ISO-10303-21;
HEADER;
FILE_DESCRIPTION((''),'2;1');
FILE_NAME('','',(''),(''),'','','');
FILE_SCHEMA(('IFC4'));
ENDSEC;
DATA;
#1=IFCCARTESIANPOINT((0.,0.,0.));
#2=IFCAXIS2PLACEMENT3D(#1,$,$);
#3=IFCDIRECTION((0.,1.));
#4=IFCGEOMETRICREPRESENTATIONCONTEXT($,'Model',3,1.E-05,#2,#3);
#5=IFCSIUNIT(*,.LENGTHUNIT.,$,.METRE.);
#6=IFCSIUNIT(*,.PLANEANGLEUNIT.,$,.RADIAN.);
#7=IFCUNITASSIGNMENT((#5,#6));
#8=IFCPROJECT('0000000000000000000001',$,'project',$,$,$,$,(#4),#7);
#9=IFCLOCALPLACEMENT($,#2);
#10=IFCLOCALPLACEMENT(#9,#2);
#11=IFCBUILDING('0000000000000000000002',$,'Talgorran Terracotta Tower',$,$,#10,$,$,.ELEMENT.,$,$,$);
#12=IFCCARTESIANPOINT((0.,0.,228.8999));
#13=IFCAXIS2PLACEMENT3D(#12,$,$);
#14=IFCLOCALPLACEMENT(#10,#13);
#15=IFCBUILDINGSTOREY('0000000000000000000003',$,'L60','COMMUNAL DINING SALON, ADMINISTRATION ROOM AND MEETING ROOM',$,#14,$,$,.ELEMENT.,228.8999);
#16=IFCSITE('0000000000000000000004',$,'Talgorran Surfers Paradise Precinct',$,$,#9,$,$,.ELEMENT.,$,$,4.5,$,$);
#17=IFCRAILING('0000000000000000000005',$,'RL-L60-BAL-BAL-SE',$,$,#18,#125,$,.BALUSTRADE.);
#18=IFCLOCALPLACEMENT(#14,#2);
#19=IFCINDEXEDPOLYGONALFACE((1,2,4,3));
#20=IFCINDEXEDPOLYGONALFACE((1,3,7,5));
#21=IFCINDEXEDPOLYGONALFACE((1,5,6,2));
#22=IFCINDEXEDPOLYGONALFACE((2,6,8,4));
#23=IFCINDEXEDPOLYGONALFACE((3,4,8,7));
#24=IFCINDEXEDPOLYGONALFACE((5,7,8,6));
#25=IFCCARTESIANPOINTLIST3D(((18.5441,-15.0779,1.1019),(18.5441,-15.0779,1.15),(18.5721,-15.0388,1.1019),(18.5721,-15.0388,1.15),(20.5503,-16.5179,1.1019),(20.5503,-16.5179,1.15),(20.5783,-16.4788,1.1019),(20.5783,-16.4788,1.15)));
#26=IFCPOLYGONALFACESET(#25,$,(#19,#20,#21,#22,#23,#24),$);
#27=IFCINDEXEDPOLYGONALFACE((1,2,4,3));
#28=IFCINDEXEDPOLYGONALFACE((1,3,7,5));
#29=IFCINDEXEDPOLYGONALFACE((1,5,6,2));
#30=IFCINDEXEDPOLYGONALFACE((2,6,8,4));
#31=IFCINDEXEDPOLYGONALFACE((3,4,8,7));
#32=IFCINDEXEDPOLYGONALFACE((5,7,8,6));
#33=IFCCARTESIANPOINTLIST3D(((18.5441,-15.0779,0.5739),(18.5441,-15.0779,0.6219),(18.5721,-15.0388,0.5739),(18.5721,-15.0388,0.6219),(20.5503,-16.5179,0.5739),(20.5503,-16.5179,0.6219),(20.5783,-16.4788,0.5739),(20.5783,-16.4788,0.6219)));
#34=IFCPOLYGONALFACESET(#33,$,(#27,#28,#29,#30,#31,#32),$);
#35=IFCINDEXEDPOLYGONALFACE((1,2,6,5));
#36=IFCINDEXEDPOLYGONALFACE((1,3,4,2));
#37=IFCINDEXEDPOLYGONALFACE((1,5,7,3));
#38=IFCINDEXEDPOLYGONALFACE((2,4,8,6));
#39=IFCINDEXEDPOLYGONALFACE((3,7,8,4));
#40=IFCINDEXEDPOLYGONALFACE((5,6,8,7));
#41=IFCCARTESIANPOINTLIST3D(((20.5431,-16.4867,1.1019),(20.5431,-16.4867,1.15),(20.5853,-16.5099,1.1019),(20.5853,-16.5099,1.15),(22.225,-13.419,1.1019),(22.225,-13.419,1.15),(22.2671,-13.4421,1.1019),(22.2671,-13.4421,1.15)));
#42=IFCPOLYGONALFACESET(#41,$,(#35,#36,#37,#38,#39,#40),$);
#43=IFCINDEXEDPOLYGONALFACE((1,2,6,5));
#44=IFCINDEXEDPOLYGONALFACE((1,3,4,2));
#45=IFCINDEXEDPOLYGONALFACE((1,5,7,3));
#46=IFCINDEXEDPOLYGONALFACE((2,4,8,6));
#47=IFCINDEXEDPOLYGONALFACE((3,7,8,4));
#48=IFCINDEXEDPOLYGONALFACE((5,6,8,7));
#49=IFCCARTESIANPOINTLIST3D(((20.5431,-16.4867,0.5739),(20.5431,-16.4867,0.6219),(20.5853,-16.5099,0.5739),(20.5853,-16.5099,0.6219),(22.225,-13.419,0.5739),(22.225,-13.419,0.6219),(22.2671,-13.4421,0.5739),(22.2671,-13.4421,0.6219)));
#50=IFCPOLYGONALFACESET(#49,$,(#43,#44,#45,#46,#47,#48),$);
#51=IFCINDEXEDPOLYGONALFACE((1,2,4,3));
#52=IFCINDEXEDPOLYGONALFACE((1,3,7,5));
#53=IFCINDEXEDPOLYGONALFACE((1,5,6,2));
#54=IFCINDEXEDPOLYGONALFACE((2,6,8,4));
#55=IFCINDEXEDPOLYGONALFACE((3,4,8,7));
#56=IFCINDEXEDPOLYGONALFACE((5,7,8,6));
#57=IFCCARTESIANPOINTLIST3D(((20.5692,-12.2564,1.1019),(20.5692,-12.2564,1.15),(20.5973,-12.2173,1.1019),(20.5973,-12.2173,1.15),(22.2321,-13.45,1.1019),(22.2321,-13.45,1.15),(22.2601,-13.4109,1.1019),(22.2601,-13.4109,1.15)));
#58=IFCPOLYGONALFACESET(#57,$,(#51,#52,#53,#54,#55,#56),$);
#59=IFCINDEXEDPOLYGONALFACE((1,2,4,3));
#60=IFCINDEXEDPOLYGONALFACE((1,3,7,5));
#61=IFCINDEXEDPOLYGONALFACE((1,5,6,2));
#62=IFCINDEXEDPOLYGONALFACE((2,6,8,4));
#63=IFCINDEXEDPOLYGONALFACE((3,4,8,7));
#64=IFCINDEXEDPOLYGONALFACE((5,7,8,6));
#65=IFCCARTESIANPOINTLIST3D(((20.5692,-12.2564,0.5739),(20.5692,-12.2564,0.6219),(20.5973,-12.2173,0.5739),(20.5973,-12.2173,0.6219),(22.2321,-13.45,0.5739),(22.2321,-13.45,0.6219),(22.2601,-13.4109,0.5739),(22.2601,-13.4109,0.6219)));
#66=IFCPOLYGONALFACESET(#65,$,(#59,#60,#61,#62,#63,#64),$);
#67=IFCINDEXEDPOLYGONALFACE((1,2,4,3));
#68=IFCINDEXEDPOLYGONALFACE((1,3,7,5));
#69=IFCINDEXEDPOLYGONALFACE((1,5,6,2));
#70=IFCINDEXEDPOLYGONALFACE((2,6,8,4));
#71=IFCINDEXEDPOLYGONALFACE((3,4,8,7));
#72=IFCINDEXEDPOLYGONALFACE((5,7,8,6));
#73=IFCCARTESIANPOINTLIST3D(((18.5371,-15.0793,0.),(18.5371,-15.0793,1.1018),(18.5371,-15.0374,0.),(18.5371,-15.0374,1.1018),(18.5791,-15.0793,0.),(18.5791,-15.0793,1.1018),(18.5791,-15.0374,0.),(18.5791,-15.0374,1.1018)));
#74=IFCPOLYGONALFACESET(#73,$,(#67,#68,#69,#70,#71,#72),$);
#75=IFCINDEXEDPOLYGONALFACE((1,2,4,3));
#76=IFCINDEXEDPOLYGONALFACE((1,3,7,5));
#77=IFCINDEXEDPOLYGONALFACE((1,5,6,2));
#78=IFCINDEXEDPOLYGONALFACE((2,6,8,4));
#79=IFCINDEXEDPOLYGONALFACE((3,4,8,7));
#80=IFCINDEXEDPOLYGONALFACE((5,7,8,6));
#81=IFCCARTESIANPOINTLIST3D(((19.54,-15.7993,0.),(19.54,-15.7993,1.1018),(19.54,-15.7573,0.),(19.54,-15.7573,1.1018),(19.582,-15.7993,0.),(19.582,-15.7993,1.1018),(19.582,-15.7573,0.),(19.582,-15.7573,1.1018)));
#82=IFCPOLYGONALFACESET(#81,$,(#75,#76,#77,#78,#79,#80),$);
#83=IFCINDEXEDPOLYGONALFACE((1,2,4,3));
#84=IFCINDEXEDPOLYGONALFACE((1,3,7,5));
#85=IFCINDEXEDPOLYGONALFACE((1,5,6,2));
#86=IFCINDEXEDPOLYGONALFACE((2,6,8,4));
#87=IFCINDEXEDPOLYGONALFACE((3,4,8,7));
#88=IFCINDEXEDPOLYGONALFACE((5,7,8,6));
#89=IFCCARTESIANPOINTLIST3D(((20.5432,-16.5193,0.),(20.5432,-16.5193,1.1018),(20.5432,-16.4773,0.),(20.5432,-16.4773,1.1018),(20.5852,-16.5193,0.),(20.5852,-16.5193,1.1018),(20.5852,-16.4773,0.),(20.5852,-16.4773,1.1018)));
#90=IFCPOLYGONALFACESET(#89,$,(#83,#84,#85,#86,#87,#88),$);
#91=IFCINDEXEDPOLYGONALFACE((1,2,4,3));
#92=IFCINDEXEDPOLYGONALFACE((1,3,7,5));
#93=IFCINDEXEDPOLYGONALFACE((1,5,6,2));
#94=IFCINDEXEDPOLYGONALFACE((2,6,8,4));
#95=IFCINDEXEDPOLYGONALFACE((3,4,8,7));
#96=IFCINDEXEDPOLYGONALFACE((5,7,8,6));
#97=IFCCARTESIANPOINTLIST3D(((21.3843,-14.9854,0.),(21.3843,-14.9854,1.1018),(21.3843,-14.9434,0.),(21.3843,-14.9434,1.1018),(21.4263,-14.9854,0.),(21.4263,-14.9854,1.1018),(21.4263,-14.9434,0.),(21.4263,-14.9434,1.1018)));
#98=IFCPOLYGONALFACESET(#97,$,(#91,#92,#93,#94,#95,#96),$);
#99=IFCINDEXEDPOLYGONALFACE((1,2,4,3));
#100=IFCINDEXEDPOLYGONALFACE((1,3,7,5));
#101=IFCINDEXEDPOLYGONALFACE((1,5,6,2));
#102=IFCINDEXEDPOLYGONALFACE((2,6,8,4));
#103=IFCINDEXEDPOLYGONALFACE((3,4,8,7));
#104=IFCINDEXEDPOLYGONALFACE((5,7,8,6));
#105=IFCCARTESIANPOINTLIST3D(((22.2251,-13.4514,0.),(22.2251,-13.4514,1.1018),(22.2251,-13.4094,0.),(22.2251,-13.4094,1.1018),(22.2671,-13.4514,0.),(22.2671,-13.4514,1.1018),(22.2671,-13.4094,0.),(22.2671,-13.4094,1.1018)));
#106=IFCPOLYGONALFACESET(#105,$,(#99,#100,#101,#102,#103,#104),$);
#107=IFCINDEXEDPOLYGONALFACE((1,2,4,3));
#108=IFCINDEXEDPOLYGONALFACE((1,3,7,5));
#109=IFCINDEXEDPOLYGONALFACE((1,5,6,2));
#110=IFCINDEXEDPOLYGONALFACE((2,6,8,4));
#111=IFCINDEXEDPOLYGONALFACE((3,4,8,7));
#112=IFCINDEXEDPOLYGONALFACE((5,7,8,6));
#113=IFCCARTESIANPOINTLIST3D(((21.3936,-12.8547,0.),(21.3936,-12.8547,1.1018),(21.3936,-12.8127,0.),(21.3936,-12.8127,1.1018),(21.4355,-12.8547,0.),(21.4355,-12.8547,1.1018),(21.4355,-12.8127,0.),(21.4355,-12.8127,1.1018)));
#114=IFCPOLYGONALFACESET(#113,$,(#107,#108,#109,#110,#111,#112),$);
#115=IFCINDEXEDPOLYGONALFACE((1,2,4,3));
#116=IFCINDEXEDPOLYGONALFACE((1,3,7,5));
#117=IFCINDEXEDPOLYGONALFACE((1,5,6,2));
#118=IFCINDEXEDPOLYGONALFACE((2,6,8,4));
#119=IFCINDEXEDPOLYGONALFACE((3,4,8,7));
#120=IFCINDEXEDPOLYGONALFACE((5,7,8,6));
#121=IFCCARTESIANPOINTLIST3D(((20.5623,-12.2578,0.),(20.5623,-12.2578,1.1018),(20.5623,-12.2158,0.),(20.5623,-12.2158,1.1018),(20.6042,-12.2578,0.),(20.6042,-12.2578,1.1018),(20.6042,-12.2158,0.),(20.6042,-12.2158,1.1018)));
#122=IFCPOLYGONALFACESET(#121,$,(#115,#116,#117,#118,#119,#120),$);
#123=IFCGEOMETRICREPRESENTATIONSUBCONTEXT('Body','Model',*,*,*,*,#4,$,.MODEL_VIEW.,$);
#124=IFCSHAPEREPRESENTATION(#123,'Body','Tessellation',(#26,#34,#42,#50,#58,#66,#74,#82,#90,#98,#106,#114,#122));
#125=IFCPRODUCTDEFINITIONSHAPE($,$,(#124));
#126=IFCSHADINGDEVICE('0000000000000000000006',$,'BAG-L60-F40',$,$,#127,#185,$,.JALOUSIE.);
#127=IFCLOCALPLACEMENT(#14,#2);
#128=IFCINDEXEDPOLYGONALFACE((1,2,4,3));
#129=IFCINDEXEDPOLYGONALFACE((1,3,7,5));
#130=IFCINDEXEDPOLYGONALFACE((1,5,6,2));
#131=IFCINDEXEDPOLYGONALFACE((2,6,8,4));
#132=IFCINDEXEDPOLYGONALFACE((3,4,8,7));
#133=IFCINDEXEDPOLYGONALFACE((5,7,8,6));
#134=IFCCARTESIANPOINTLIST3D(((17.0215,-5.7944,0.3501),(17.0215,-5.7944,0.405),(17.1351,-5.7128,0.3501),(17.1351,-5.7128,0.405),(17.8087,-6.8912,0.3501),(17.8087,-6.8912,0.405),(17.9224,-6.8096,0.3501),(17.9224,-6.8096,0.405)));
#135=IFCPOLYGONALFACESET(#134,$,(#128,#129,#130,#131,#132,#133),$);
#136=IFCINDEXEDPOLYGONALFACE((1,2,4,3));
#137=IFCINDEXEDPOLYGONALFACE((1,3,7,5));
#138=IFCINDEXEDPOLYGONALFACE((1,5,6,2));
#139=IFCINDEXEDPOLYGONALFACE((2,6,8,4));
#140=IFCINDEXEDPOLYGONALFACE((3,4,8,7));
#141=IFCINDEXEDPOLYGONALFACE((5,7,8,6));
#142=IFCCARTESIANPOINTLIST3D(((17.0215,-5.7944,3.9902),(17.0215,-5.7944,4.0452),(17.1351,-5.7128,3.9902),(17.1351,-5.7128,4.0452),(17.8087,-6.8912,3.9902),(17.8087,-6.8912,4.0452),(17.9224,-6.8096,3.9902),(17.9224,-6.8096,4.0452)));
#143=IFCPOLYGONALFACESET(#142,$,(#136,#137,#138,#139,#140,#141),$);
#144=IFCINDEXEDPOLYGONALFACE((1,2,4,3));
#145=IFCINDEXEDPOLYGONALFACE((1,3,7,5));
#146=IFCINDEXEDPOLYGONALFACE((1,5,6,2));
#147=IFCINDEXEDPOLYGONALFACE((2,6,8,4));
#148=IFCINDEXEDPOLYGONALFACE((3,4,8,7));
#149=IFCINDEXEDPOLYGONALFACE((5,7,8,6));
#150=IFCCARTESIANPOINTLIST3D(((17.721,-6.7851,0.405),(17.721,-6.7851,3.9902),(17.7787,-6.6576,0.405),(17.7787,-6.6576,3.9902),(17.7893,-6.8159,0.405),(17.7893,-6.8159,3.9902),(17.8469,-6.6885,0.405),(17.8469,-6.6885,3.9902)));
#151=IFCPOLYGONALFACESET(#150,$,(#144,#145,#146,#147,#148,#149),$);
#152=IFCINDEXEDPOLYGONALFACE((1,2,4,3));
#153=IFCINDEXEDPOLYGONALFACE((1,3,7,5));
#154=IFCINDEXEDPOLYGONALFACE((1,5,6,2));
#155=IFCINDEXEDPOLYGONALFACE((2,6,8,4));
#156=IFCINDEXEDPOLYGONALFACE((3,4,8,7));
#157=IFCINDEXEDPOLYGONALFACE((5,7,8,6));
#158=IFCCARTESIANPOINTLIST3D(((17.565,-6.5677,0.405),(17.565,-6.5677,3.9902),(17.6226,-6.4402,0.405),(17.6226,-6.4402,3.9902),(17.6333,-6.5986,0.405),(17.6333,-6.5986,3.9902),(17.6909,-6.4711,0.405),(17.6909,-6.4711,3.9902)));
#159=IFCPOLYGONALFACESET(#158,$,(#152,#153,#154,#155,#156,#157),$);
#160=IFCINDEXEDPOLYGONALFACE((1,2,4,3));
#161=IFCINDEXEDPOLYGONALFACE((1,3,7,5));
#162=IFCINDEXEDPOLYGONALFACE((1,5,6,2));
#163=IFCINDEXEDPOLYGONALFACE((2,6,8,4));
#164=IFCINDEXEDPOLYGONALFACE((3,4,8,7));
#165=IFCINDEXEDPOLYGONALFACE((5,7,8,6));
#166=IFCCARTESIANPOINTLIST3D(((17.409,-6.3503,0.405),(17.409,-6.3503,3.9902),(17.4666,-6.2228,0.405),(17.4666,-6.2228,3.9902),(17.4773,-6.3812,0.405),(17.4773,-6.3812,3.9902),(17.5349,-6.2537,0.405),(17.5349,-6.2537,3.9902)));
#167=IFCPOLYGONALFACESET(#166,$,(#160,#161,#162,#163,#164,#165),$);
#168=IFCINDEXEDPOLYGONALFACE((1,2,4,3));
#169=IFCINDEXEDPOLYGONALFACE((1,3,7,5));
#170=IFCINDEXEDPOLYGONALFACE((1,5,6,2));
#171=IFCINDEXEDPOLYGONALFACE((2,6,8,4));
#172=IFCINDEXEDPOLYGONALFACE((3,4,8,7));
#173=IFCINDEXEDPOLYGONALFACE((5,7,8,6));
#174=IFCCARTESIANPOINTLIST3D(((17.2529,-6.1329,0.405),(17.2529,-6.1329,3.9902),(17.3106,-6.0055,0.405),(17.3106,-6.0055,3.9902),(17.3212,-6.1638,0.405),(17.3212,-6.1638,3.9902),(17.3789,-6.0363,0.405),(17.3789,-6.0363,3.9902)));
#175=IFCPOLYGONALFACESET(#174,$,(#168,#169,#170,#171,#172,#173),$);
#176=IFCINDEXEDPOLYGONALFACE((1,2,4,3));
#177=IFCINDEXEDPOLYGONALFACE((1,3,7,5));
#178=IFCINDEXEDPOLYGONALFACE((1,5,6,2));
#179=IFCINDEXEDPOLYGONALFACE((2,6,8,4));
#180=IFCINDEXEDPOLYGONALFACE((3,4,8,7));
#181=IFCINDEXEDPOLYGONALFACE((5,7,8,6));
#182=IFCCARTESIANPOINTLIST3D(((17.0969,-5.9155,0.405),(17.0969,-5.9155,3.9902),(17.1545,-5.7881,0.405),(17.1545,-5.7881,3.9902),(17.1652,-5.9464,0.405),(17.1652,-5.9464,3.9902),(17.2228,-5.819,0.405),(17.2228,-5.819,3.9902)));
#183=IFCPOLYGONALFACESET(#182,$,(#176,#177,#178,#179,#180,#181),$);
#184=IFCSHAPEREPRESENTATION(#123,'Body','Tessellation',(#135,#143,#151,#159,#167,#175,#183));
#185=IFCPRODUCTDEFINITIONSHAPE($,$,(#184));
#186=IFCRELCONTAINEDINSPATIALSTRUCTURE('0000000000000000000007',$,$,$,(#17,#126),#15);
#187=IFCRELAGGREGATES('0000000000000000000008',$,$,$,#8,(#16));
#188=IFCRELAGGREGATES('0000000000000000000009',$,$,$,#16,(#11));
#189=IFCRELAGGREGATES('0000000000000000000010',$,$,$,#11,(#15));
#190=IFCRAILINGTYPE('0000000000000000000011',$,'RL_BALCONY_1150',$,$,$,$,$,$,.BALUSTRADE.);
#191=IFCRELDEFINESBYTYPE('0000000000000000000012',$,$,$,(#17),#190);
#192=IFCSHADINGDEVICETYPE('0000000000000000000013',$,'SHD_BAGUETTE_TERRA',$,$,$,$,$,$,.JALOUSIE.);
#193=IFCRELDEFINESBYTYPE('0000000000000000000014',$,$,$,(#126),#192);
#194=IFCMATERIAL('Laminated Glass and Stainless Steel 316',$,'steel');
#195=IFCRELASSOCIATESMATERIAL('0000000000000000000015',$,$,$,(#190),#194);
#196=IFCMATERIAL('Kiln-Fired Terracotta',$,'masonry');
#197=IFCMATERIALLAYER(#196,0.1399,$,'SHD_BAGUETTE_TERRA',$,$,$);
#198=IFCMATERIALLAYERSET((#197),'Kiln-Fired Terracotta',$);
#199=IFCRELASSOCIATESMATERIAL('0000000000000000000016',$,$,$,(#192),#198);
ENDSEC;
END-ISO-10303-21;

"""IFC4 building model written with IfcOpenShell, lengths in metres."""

from ifc_helpers import new_model, si_unit, direction, frame, origin, origin_2d, place, context, subcontext, project, spatial, rectangle, extrude, source, transform, mapped, material, layer, layer_set, type_object, type_shapes, element, save


model = new_model("IFC4")

# Units and contexts
model_context = context("Model", 3, precision=1e-05, world=origin(), true_north=direction((0.0, 1.0)))
body_context = subcontext(model_context, "Body", "Model", "MODEL_VIEW")
ifc_project = project(units=[si_unit("LENGTHUNIT", "METRE"), si_unit("PLANEANGLEUNIT", "RADIAN")], contexts=[model_context])

# Site, building, storey
site_placement = place(None, origin())
site = spatial("IfcSite", under=ifc_project, at=site_placement, Name="Talgorran Surfers Paradise Precinct", CompositionType="ELEMENT", RefElevation=4.5)
building_placement = place(site_placement, origin())
building = spatial("IfcBuilding", under=site, at=building_placement, Name="Talgorran Terracotta Tower", CompositionType="ELEMENT")
storey_placement = place(building_placement, frame((0.0, 0.0, 228.8999)))
storey = spatial("IfcBuildingStorey", under=building, at=storey_placement, Name="L60", Description="COMMUNAL DINING SALON, ADMINISTRATION ROOM AND MEETING ROOM", CompositionType="ELEMENT", Elevation=228.8999)

# Railing
ifc_material_1 = material(Name="Laminated Glass and Stainless Steel 316", Category="steel")
railing_type = type_object("IfcRailingType", Name="RL_BALCONY_1150", PredefinedType="BALUSTRADE", material=ifc_material_1)
railing_placement = place(storey_placement, frame((18.5581, -15.0583, 0.0)))
element("IfcRailing", 1, at=railing_placement, inside=storey, type_object=railing_type, Name="RL-L60-BAL-BAL-SE", PredefinedType="BALUSTRADE", context=body_context, shape_type="SweptSolid", body=[
    extrude(rectangle(XDim=0.0481, YDim=0.0481, at=origin_2d()), frame((0.0, 0.0, 1.126), z_axis=(0.812389, -0.583116, 0.0), x_axis=(0.583116, 0.812389, 0.0)), (0.0, 0.0, 1.0), 2.4695),
    extrude(rectangle(XDim=0.0481, YDim=0.0481, at=origin_2d()), frame((0.0, 0.0, 0.5979), z_axis=(0.812389, -0.583116, 0.0), x_axis=(0.583116, 0.812389, 0.0)), (0.0, 0.0, 1.0), 2.4695),
    extrude(rectangle(XDim=0.0481, YDim=0.0481, at=origin_2d()), frame((2.0061, -1.4399, 1.126), z_axis=(0.480724, 0.876872, 0.0), x_axis=(-0.876872, 0.480724, 0.0)), (0.0, 0.0, 1.0), 3.4985),
    extrude(rectangle(XDim=0.0481, YDim=0.0481, at=origin_2d()), frame((2.0061, -1.4399, 0.5979), z_axis=(0.480724, 0.876872, 0.0), x_axis=(-0.876872, 0.480724, 0.0)), (0.0, 0.0, 1.0), 3.4985),
    extrude(rectangle(XDim=0.0481, YDim=0.0481, at=origin_2d()), frame((3.688, 1.6279, 1.126), z_axis=(-0.812377, 0.583132, 0.0), x_axis=(-0.583132, -0.812377, 0.0)), (0.0, 0.0, 1.0), 2.0469),
    extrude(rectangle(XDim=0.0481, YDim=0.0481, at=origin_2d()), frame((3.688, 1.6279, 0.5979), z_axis=(-0.812377, 0.583132, 0.0), x_axis=(-0.583132, -0.812377, 0.0)), (0.0, 0.0, 1.0), 2.0469),
    extrude(rectangle(XDim=0.042, YDim=0.042, at=origin_2d()), origin(), (0.0, 0.0, 1.0), 1.1018),
    extrude(rectangle(XDim=0.042, YDim=0.042, at=origin_2d()), frame((1.0029, -0.72, 0.0)), (0.0, 0.0, 1.0), 1.1018),
    extrude(rectangle(XDim=0.042, YDim=0.042, at=origin_2d()), frame((2.0061, -1.4399, 0.0)), (0.0, 0.0, 1.0), 1.1018),
    extrude(rectangle(XDim=0.042, YDim=0.042, at=origin_2d()), frame((2.8472, 0.094, 0.0)), (0.0, 0.0, 1.0), 1.1018),
    extrude(rectangle(XDim=0.042, YDim=0.042, at=origin_2d()), frame((3.688, 1.6279, 0.0)), (0.0, 0.0, 1.0), 1.1018),
    extrude(rectangle(XDim=0.042, YDim=0.042, at=origin_2d()), frame((2.8564, 2.2246, 0.0)), (0.0, 0.0, 1.0), 1.1018),
    extrude(rectangle(XDim=0.042, YDim=0.042, at=origin_2d()), frame((2.0251, 2.8215, 0.0)), (0.0, 0.0, 1.0), 1.1018),
])

# Shading device
ifc_material_2 = material(Name="Kiln-Fired Terracotta", Category="masonry")
ifc_layer_1 = layer(ifc_material_2, 0.1399, Name="SHD_BAGUETTE_TERRA")
ifc_layer_set_1 = layer_set([ifc_layer_1], Name="Kiln-Fired Terracotta")
shading_device_type = type_object("IfcShadingDeviceType", Name="SHD_BAGUETTE_TERRA", PredefinedType="JALOUSIE", material=ifc_layer_set_1)
shared_shape_1 = source(origin(), body_context, "Body", "SweptSolid", [
    extrude(rectangle(XDim=1.3501, YDim=0.1399, at=origin_2d()), origin(), (0.0, 0.0, 1.0), 0.0549),
    extrude(rectangle(XDim=1.3501, YDim=0.1399, at=origin_2d()), frame((0.0, 0.0, 3.6401)), (0.0, 0.0, 1.0), 0.0549),
    extrude(rectangle(XDim=0.075, YDim=0.1399, at=origin_2d()), frame((-0.5352, 0.0, 0.0549), z_axis=(0.0, 0.0, 1.0), x_axis=(0.866025, 0.5, 0.0)), (0.0, 0.0, 1.0), 3.5852),
    extrude(rectangle(XDim=0.075, YDim=0.1399, at=origin_2d()), frame((-0.2676, 0.0, 0.0549), z_axis=(0.0, 0.0, 1.0), x_axis=(0.866025, 0.5, 0.0)), (0.0, 0.0, 1.0), 3.5852),
    extrude(rectangle(XDim=0.075, YDim=0.1399, at=origin_2d()), frame((0.0, 0.0, 0.0549), z_axis=(0.0, 0.0, 1.0), x_axis=(0.866025, 0.5, 0.0)), (0.0, 0.0, 1.0), 3.5852),
    extrude(rectangle(XDim=0.075, YDim=0.1399, at=origin_2d()), frame((0.2676, 0.0, 0.0549), z_axis=(0.0, 0.0, 1.0), x_axis=(0.866025, 0.5, 0.0)), (0.0, 0.0, 1.0), 3.5852),
    extrude(rectangle(XDim=0.075, YDim=0.1399, at=origin_2d()), frame((0.5352, 0.0, 0.0549), z_axis=(0.0, 0.0, 1.0), x_axis=(0.866025, 0.5, 0.0)), (0.0, 0.0, 1.0), 3.5852),
])
type_shapes(shading_device_type, [shared_shape_1])
shading_device_placement = place(storey_placement, frame((17.4719, -6.302, 0.3501), z_axis=(0.0, 0.0, 1.0), x_axis=(-0.583116, 0.812389, 0.0)))
element("IfcShadingDevice", 2, at=shading_device_placement, inside=storey, type_object=shading_device_type, Name="BAG-L60-F40", PredefinedType="JALOUSIE", context=body_context, shape_type="MappedRepresentation", body=[
    mapped(shared_shape_1, transform((0.0, 0.0, 0.0), scale=1.0)),
])

save(model, "model.ifc")
